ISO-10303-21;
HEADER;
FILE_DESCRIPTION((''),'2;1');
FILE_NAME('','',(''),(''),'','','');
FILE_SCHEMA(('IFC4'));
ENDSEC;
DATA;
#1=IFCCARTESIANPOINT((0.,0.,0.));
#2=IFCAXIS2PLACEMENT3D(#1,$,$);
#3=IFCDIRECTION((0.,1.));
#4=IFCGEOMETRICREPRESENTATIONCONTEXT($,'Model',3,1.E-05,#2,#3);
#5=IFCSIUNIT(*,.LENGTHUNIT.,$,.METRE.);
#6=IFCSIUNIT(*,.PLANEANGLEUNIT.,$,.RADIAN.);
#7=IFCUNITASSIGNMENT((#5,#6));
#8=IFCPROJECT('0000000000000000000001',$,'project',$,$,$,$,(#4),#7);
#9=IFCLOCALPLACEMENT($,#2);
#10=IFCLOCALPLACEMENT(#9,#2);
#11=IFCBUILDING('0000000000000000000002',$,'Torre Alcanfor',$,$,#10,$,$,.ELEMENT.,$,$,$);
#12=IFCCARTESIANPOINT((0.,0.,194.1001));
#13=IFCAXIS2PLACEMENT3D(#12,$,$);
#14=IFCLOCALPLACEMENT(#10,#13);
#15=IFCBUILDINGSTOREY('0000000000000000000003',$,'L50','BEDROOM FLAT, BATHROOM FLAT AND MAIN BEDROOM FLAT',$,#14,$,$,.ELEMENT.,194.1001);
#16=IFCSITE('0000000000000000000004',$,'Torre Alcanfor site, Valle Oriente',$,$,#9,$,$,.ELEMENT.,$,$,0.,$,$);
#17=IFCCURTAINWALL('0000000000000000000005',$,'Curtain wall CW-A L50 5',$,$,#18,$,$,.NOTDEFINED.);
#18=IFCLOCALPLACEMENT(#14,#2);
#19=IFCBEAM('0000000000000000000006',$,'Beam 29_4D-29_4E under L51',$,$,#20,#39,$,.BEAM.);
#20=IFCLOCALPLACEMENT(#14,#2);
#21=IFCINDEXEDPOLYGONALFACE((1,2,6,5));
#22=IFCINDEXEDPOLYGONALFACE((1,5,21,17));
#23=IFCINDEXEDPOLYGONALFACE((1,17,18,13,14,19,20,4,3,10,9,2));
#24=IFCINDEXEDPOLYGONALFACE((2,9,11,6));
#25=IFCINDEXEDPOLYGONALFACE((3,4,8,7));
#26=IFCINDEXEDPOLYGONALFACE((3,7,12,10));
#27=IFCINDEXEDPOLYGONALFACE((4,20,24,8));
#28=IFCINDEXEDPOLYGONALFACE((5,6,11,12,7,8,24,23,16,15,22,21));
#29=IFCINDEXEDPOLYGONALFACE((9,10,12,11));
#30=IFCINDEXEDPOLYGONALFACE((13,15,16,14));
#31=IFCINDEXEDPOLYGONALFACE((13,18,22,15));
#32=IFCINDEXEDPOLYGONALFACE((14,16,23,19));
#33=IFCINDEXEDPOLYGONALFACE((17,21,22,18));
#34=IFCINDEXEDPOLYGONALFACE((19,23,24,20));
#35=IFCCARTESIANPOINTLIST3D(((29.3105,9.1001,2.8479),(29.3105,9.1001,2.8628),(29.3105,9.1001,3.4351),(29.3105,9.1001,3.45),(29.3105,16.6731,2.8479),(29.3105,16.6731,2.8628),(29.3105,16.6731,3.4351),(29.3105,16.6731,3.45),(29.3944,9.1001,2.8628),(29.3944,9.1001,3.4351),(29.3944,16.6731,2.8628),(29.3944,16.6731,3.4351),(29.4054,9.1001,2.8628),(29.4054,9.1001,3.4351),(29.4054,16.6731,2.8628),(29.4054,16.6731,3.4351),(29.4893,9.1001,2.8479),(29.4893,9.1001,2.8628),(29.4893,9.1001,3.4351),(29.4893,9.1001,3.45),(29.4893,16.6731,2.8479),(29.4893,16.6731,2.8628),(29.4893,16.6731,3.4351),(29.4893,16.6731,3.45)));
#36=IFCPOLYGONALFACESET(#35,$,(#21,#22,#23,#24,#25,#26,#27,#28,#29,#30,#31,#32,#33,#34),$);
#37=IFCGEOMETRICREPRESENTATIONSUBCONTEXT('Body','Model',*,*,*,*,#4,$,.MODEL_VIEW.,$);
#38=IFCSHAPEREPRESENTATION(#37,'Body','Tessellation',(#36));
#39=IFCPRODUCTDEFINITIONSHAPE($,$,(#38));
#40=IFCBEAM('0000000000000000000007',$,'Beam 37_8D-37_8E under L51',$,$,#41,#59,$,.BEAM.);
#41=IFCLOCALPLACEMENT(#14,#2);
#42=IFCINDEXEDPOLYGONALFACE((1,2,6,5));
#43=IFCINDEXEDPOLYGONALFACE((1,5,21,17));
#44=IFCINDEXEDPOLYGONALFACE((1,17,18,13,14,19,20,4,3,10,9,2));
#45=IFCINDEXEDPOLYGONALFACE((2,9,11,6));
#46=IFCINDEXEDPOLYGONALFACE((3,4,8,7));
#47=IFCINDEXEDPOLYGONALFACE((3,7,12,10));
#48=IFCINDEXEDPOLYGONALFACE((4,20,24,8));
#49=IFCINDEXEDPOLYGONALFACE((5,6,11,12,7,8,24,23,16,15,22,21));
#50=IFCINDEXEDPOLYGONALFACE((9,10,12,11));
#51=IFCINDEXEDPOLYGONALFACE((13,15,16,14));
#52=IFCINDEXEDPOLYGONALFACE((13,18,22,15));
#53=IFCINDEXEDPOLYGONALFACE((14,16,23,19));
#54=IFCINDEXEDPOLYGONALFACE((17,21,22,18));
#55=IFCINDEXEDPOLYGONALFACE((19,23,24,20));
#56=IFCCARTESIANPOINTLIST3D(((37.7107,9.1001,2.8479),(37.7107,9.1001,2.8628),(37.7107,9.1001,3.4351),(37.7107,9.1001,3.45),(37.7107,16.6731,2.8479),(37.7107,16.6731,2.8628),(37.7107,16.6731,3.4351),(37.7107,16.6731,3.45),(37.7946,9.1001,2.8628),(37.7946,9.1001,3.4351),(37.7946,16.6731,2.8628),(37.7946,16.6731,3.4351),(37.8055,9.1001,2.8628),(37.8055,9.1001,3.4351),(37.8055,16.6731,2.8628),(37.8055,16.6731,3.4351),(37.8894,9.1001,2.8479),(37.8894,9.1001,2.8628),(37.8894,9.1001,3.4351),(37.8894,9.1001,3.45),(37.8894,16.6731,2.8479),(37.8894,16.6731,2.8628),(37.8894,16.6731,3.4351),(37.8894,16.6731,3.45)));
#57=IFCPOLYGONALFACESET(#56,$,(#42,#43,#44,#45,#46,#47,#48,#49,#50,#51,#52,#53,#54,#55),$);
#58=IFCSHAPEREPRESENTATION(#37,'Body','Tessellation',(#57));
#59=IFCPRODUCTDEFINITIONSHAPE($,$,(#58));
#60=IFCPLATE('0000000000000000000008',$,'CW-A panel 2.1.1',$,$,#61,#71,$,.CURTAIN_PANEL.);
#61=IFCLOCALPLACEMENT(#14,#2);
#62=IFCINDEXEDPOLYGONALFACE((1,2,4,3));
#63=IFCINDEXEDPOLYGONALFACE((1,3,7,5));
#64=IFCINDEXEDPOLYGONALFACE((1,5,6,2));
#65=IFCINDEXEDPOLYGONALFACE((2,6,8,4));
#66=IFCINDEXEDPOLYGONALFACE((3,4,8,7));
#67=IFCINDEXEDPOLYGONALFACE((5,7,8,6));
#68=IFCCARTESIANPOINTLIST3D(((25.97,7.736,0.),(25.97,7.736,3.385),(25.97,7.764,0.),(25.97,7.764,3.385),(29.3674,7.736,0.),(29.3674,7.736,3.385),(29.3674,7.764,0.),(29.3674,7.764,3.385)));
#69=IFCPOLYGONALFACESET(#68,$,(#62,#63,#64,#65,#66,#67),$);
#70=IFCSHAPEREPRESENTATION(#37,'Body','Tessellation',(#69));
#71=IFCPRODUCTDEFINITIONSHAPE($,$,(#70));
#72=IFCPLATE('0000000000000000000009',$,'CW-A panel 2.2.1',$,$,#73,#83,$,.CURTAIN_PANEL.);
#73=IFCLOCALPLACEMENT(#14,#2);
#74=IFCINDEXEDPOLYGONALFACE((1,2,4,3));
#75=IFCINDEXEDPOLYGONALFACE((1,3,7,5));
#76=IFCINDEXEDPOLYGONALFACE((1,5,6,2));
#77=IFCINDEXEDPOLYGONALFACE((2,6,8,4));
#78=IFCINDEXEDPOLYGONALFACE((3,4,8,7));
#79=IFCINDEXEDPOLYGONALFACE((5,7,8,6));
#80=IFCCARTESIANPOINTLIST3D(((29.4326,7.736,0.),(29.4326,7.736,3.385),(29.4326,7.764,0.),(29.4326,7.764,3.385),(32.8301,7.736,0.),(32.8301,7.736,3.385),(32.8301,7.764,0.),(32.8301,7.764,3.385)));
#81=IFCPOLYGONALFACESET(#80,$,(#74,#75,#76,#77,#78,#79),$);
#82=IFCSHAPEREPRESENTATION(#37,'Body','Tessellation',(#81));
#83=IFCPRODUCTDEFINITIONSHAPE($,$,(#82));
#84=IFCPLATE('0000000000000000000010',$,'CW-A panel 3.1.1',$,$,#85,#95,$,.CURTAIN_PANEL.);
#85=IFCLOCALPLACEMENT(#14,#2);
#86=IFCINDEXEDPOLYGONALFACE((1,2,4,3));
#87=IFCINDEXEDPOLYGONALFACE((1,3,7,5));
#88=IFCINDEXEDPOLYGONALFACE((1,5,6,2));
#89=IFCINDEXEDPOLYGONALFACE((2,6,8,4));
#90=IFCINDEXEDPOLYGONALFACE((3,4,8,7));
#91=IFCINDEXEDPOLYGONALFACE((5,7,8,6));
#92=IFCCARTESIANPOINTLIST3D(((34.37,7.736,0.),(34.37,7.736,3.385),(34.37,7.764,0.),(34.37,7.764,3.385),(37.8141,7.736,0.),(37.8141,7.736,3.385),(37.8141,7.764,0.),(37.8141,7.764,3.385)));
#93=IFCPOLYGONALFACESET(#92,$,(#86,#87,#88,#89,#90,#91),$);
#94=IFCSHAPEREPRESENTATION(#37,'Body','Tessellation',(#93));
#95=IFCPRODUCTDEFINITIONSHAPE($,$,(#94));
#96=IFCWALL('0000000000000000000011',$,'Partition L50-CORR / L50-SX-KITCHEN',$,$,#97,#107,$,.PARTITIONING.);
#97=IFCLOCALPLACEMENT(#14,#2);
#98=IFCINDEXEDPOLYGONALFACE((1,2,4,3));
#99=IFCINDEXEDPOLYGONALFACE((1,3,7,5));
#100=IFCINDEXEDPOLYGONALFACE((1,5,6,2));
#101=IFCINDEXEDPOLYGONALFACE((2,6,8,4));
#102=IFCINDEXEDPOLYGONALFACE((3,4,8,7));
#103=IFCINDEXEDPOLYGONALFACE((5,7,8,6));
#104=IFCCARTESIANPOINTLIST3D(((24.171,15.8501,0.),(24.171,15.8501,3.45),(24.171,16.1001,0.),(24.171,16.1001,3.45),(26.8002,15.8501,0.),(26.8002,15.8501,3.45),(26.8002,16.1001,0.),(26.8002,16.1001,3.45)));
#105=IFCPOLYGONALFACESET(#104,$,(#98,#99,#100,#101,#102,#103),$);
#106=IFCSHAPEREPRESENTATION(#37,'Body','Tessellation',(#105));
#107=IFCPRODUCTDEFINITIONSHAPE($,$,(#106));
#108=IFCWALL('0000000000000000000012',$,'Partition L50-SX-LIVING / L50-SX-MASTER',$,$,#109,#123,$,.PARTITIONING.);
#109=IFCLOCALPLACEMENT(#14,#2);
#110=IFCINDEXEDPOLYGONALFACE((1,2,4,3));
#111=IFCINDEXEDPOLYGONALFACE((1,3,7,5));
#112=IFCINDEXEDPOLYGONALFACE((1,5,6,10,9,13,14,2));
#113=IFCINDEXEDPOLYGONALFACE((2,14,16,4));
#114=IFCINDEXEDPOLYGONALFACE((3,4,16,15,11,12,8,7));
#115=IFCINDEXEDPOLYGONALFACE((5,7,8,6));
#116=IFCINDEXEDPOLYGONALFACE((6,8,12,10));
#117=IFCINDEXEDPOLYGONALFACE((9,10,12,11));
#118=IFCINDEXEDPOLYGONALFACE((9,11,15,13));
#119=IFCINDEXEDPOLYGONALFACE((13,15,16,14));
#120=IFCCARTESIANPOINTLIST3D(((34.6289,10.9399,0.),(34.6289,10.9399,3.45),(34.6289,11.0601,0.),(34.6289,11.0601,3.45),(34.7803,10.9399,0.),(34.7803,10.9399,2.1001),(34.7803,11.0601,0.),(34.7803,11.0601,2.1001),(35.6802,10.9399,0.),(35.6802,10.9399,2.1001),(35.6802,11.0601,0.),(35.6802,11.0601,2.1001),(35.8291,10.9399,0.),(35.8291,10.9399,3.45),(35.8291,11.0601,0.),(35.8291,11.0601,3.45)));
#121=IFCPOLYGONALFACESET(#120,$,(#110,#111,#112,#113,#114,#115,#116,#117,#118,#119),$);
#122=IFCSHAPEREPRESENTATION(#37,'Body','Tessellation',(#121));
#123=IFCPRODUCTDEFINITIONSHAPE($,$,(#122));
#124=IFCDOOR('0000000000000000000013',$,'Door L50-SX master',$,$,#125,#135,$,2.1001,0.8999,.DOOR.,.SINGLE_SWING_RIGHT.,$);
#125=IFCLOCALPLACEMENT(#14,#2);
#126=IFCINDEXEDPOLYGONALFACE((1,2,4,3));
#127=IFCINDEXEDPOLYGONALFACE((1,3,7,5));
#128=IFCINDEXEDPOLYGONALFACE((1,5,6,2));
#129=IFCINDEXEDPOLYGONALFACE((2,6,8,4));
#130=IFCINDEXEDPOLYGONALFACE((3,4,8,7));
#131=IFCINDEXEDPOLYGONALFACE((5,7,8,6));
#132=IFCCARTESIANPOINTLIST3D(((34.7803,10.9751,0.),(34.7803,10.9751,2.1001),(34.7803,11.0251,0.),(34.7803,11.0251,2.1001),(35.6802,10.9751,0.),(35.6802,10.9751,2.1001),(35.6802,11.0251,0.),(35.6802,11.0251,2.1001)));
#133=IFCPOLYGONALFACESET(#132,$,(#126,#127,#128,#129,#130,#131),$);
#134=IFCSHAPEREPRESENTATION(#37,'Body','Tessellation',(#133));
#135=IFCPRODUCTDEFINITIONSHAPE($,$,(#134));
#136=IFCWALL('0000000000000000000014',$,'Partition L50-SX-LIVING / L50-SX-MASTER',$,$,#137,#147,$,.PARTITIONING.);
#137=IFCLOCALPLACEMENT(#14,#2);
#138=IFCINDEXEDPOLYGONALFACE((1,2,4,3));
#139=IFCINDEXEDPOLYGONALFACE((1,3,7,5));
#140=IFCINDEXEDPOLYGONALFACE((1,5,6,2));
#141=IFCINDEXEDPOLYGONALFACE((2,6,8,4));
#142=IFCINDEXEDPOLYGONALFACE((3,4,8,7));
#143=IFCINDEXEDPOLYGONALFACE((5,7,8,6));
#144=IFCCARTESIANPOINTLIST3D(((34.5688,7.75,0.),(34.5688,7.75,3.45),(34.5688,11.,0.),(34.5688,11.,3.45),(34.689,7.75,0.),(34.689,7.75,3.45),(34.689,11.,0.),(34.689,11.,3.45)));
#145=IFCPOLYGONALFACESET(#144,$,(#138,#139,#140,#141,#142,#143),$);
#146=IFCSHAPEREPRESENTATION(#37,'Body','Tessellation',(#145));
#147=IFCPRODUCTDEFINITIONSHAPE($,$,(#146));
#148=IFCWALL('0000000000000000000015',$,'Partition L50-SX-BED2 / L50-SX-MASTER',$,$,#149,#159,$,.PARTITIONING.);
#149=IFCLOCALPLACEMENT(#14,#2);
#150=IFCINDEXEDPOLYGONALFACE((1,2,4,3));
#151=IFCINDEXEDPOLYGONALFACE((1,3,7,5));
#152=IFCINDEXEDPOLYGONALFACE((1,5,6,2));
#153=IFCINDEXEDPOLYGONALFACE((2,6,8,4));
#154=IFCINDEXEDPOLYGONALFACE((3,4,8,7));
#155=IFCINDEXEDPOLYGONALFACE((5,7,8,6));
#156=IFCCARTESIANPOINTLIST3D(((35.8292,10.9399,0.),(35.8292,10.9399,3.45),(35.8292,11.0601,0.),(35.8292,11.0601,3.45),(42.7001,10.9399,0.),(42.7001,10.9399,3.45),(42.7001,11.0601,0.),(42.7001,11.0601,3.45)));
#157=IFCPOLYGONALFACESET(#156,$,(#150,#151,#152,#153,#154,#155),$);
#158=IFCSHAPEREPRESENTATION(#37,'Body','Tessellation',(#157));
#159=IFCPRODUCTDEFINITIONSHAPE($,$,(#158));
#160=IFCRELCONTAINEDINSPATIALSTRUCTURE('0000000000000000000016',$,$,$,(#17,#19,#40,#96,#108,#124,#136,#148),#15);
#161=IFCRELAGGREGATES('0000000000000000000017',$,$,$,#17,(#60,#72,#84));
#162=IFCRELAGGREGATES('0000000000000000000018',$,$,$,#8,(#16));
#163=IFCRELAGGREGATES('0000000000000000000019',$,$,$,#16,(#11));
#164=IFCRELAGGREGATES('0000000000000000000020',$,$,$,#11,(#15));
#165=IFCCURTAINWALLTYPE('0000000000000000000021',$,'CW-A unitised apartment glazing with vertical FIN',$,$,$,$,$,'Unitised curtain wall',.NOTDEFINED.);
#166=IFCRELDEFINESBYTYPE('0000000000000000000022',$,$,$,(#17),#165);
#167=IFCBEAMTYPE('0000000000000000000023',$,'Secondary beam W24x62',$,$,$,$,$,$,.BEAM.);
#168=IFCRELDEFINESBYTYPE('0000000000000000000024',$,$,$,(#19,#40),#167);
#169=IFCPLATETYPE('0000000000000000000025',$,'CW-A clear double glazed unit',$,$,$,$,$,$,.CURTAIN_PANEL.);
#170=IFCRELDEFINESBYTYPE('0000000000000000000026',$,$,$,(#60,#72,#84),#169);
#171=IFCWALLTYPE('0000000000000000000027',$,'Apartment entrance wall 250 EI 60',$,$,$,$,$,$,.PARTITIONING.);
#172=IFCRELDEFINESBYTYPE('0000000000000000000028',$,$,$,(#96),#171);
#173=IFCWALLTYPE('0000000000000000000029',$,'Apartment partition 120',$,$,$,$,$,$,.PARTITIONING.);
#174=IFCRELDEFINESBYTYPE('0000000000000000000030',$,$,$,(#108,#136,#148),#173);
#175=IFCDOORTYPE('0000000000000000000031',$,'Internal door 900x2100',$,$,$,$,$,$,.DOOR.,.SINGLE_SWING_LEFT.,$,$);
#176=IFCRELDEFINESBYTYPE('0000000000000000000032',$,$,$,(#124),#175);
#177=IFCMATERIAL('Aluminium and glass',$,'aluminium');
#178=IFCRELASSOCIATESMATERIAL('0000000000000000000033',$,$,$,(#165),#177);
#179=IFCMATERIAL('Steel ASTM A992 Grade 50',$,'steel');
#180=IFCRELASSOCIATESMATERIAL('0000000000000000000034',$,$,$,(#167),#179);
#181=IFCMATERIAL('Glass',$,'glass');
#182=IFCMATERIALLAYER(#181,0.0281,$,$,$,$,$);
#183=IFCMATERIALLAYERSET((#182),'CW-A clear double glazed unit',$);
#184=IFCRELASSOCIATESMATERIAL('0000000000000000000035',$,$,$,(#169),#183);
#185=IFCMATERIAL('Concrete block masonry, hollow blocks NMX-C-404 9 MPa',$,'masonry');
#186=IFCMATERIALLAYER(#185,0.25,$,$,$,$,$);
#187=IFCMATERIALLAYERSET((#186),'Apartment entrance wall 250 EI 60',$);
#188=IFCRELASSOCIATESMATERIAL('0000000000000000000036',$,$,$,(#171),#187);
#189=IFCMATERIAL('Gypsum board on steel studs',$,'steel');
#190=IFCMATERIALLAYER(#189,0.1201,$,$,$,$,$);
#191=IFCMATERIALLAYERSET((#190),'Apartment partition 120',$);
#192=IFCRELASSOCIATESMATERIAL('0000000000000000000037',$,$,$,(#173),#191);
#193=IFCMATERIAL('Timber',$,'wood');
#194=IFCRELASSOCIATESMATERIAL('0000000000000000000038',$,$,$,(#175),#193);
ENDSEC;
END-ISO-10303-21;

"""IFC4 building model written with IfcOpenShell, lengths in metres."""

from ifc_helpers import new_model, si_unit, direction, frame, frame_2d, origin, origin_2d, place, context, subcontext, project, spatial, rectangle, i_section, extrude, material, layer, layer_set, material_profile, profile_set, type_object, element, fill, aggregate, save


model = new_model("IFC4")

# Units and contexts
model_context = context("Model", 3, precision=1e-05, world=origin(), true_north=direction((0.0, 1.0)))
body_context = subcontext(model_context, "Body", "Model", "MODEL_VIEW")
ifc_project = project(units=[si_unit("LENGTHUNIT", "METRE"), si_unit("PLANEANGLEUNIT", "RADIAN")], contexts=[model_context])

# Site, building, storey
site_placement = place(None, origin())
site = spatial("IfcSite", under=ifc_project, at=site_placement, Name="Torre Alcanfor site, Valle Oriente", CompositionType="ELEMENT", RefElevation=0.0)
building_placement = place(site_placement, origin())
building = spatial("IfcBuilding", under=site, at=building_placement, Name="Torre Alcanfor", CompositionType="ELEMENT")
storey_placement = place(building_placement, frame((0.0, 0.0, 194.1001)))
storey = spatial("IfcBuildingStorey", under=building, at=storey_placement, Name="L50", Description="BEDROOM FLAT, BATHROOM FLAT AND MAIN BEDROOM FLAT", CompositionType="ELEMENT", Elevation=194.1001)

# Curtain wall
ifc_material_1 = material(Name="Aluminium and glass", Category="aluminium")
curtain_wall_type = type_object("IfcCurtainWallType", Name="CW-A unitised apartment glazing with vertical FIN", ElementType="Unitised curtain wall", PredefinedType="NOTDEFINED", material=ifc_material_1)
curtain_wall_placement = place(storey_placement, origin())
curtain_wall = element("IfcCurtainWall", 1, at=curtain_wall_placement, inside=storey, type_object=curtain_wall_type, Name="Curtain wall CW-A L50 5", PredefinedType="NOTDEFINED")

# Beams
ifc_material_2 = material(Name="Steel ASTM A992 Grade 50", Category="steel")
ifc_material_profile_1 = material_profile(ifc_material_2, i_section(OverallWidth=0.1787, OverallDepth=0.6021, WebThickness=0.011, FlangeThickness=0.0149, at=origin_2d()), Name="W24x62")
ifc_profile_set_1 = profile_set([ifc_material_profile_1], Name="Steel ASTM A992 Grade 50")
beam_type_1 = type_object("IfcBeamType", Name="Secondary beam W24x62", PredefinedType="BEAM", material=ifc_profile_set_1)
for number, where, z_axis, x_axis, name in (
    (2, (29.3999, 9.1001, 3.1489), (0.0, 1.0, 0.0), (-1.0, 0.0, 0.0), "Beam 29_4D-29_4E under L51"),
    (3, (37.8, 9.1001, 3.1489), (0.0, 1.0, 0.0), (-1.0, 0.0, 0.0), "Beam 37_8D-37_8E under L51"),
):
    element("IfcBeam", number, at=place(storey_placement, frame(where, z_axis=z_axis, x_axis=x_axis)), inside=storey, type_object=beam_type_1, Name=name, PredefinedType="BEAM", context=body_context, shape_type="SweptSolid", body=[
        extrude(i_section(OverallWidth=0.1787, OverallDepth=0.6021, WebThickness=0.011, FlangeThickness=0.0149, at=origin_2d()), origin(), (0.0, 0.0, 1.0), 7.573),
    ])

# Plates
ifc_material_3 = material(Name="Glass", Category="glass")
ifc_layer_1 = layer(ifc_material_3, 0.0281)
ifc_layer_set_1 = layer_set([ifc_layer_1], Name="CW-A clear double glazed unit")
plate_type = type_object("IfcPlateType", Name="CW-A clear double glazed unit", PredefinedType="CURTAIN_PANEL", material=ifc_layer_set_1)
plate_1_placement = place(storey_placement, frame((27.6687, 7.75, 0.0), z_axis=(0.0, 0.0, 1.0), x_axis=(1.0, 0.0, 0.0)))
plate_1 = element("IfcPlate", 4, at=plate_1_placement, type_object=plate_type, Name="CW-A panel 2.1.1", PredefinedType="CURTAIN_PANEL", context=body_context, shape_type="SweptSolid", body=[
    extrude(rectangle(XDim=3.3975, YDim=0.0281, at=origin_2d()), origin(), (0.0, 0.0, 1.0), 3.385),
])
plate_2_placement = place(storey_placement, frame((31.1313, 7.75, 0.0), z_axis=(0.0, 0.0, 1.0), x_axis=(1.0, 0.0, 0.0)))
plate_2 = element("IfcPlate", 5, at=plate_2_placement, type_object=plate_type, Name="CW-A panel 2.2.1", PredefinedType="CURTAIN_PANEL", context=body_context, shape_type="SweptSolid", body=[
    extrude(rectangle(XDim=3.3975, YDim=0.0281, at=origin_2d()), origin(), (0.0, 0.0, 1.0), 3.385),
])
plate_3_placement = place(storey_placement, frame((36.092, 7.75, 0.0), z_axis=(0.0, 0.0, 1.0), x_axis=(1.0, 0.0, 0.0)))
plate_3 = element("IfcPlate", 6, at=plate_3_placement, type_object=plate_type, Name="CW-A panel 3.1.1", PredefinedType="CURTAIN_PANEL", context=body_context, shape_type="SweptSolid", body=[
    extrude(rectangle(XDim=3.4441, YDim=0.0281, at=origin_2d()), origin(), (0.0, 0.0, 1.0), 3.385),
])
aggregate(curtain_wall, [plate_1, plate_2, plate_3])

# Wall
ifc_material_4 = material(Name="Concrete block masonry, hollow blocks NMX-C-404 9 MPa", Category="masonry")
ifc_layer_2 = layer(ifc_material_4, 0.25)
ifc_layer_set_2 = layer_set([ifc_layer_2], Name="Apartment entrance wall 250 EI 60")
wall_type_1 = type_object("IfcWallType", Name="Apartment entrance wall 250 EI 60", PredefinedType="PARTITIONING", material=ifc_layer_set_2)
wall_1_placement = place(storey_placement, frame((26.8, 15.9751, 0.0), z_axis=(0.0, 0.0, 1.0), x_axis=(-1.0, 0.0, 0.0)))
element("IfcWall", 7, at=wall_1_placement, inside=storey, type_object=wall_type_1, Name="Partition L50-CORR / L50-SX-KITCHEN", PredefinedType="PARTITIONING", context=body_context, shape_type="SweptSolid", body=[
    extrude(rectangle(XDim=2.6292, YDim=0.25, at=frame_2d((1.3145, 0.0))), origin(), (0.0, 0.0, 1.0), 3.45),
])

# Wall, opening, door
ifc_material_5 = material(Name="Gypsum board on steel studs", Category="steel")
ifc_layer_3 = layer(ifc_material_5, 0.1201)
ifc_layer_set_3 = layer_set([ifc_layer_3], Name="Apartment partition 120")
wall_type_2 = type_object("IfcWallType", Name="Apartment partition 120", PredefinedType="PARTITIONING", material=ifc_layer_set_3)
wall_2_placement = place(storey_placement, frame((35.8291, 11.0, 0.0), z_axis=(0.0, 0.0, 1.0), x_axis=(-1.0, 0.0, 0.0)))
wall_2 = element("IfcWall", 8, at=wall_2_placement, inside=storey, type_object=wall_type_2, Name="Partition L50-SX-LIVING / L50-SX-MASTER", PredefinedType="PARTITIONING", context=body_context, shape_type="SweptSolid", body=[
    extrude(rectangle(XDim=1.2002, YDim=0.1201, at=frame_2d((0.6001, 0.0))), origin(), (0.0, 0.0, 1.0), 3.45),
])
opening_1_placement = place(wall_2_placement, frame((0.1489, 0.0, 0.0)))
opening_1 = element("IfcOpeningElement", 9, at=opening_1_placement, cuts=wall_2, PredefinedType="OPENING", context=body_context, shape_type="SweptSolid", body=[
    extrude(rectangle(XDim=0.8999, YDim=2.1001, at=frame_2d((0.45, 1.05))), frame((0.0, 0.0701, 0.0), z_axis=(0.0, -1.0, 0.0), x_axis=(1.0, 0.0, 0.0)), (0.0, 0.0, 1.0), 0.1401),
])
ifc_material_6 = material(Name="Timber", Category="wood")
door_type_1 = type_object("IfcDoorType", Name="Internal door 900x2100", OperationType="SINGLE_SWING_LEFT", PredefinedType="DOOR", material=ifc_material_6)
door_1_placement = place(opening_1_placement, origin())
door_1 = element("IfcDoor", 10, at=door_1_placement, inside=storey, type_object=door_type_1, Name="Door L50-SX master", OperationType="SINGLE_SWING_RIGHT", OverallHeight=2.1001, OverallWidth=0.8999, PredefinedType="DOOR", context=body_context, shape_type="SweptSolid", body=[
    extrude(rectangle(XDim=0.8999, YDim=2.1001, at=frame_2d((0.45, 1.05))), frame((0.0, 0.0249, 0.0), z_axis=(0.0, -1.0, 0.0), x_axis=(1.0, 0.0, 0.0)), (0.0, 0.0, 1.0), 0.05),
])
fill(opening_1, door_1)

# Walls
wall_3_placement = place(storey_placement, frame((34.6289, 11.0, 0.0), z_axis=(0.0, 0.0, 1.0), x_axis=(0.0, -1.0, 0.0)))
element("IfcWall", 11, at=wall_3_placement, inside=storey, type_object=wall_type_2, Name="Partition L50-SX-LIVING / L50-SX-MASTER", PredefinedType="PARTITIONING", context=body_context, shape_type="SweptSolid", body=[
    extrude(rectangle(XDim=3.25, YDim=0.1201, at=frame_2d((1.625, 0.0))), origin(), (0.0, 0.0, 1.0), 3.45),
])
wall_4_placement = place(storey_placement, frame((35.8291, 11.0, 0.0), z_axis=(0.0, 0.0, 1.0), x_axis=(1.0, 0.0, 0.0)))
element("IfcWall", 12, at=wall_4_placement, inside=storey, type_object=wall_type_2, Name="Partition L50-SX-BED2 / L50-SX-MASTER", PredefinedType="PARTITIONING", context=body_context, shape_type="SweptSolid", body=[
    extrude(rectangle(XDim=6.8708, YDim=0.1201, at=frame_2d((3.4355, 0.0))), origin(), (0.0, 0.0, 1.0), 3.45),
])

save(model, "model.ifc")
